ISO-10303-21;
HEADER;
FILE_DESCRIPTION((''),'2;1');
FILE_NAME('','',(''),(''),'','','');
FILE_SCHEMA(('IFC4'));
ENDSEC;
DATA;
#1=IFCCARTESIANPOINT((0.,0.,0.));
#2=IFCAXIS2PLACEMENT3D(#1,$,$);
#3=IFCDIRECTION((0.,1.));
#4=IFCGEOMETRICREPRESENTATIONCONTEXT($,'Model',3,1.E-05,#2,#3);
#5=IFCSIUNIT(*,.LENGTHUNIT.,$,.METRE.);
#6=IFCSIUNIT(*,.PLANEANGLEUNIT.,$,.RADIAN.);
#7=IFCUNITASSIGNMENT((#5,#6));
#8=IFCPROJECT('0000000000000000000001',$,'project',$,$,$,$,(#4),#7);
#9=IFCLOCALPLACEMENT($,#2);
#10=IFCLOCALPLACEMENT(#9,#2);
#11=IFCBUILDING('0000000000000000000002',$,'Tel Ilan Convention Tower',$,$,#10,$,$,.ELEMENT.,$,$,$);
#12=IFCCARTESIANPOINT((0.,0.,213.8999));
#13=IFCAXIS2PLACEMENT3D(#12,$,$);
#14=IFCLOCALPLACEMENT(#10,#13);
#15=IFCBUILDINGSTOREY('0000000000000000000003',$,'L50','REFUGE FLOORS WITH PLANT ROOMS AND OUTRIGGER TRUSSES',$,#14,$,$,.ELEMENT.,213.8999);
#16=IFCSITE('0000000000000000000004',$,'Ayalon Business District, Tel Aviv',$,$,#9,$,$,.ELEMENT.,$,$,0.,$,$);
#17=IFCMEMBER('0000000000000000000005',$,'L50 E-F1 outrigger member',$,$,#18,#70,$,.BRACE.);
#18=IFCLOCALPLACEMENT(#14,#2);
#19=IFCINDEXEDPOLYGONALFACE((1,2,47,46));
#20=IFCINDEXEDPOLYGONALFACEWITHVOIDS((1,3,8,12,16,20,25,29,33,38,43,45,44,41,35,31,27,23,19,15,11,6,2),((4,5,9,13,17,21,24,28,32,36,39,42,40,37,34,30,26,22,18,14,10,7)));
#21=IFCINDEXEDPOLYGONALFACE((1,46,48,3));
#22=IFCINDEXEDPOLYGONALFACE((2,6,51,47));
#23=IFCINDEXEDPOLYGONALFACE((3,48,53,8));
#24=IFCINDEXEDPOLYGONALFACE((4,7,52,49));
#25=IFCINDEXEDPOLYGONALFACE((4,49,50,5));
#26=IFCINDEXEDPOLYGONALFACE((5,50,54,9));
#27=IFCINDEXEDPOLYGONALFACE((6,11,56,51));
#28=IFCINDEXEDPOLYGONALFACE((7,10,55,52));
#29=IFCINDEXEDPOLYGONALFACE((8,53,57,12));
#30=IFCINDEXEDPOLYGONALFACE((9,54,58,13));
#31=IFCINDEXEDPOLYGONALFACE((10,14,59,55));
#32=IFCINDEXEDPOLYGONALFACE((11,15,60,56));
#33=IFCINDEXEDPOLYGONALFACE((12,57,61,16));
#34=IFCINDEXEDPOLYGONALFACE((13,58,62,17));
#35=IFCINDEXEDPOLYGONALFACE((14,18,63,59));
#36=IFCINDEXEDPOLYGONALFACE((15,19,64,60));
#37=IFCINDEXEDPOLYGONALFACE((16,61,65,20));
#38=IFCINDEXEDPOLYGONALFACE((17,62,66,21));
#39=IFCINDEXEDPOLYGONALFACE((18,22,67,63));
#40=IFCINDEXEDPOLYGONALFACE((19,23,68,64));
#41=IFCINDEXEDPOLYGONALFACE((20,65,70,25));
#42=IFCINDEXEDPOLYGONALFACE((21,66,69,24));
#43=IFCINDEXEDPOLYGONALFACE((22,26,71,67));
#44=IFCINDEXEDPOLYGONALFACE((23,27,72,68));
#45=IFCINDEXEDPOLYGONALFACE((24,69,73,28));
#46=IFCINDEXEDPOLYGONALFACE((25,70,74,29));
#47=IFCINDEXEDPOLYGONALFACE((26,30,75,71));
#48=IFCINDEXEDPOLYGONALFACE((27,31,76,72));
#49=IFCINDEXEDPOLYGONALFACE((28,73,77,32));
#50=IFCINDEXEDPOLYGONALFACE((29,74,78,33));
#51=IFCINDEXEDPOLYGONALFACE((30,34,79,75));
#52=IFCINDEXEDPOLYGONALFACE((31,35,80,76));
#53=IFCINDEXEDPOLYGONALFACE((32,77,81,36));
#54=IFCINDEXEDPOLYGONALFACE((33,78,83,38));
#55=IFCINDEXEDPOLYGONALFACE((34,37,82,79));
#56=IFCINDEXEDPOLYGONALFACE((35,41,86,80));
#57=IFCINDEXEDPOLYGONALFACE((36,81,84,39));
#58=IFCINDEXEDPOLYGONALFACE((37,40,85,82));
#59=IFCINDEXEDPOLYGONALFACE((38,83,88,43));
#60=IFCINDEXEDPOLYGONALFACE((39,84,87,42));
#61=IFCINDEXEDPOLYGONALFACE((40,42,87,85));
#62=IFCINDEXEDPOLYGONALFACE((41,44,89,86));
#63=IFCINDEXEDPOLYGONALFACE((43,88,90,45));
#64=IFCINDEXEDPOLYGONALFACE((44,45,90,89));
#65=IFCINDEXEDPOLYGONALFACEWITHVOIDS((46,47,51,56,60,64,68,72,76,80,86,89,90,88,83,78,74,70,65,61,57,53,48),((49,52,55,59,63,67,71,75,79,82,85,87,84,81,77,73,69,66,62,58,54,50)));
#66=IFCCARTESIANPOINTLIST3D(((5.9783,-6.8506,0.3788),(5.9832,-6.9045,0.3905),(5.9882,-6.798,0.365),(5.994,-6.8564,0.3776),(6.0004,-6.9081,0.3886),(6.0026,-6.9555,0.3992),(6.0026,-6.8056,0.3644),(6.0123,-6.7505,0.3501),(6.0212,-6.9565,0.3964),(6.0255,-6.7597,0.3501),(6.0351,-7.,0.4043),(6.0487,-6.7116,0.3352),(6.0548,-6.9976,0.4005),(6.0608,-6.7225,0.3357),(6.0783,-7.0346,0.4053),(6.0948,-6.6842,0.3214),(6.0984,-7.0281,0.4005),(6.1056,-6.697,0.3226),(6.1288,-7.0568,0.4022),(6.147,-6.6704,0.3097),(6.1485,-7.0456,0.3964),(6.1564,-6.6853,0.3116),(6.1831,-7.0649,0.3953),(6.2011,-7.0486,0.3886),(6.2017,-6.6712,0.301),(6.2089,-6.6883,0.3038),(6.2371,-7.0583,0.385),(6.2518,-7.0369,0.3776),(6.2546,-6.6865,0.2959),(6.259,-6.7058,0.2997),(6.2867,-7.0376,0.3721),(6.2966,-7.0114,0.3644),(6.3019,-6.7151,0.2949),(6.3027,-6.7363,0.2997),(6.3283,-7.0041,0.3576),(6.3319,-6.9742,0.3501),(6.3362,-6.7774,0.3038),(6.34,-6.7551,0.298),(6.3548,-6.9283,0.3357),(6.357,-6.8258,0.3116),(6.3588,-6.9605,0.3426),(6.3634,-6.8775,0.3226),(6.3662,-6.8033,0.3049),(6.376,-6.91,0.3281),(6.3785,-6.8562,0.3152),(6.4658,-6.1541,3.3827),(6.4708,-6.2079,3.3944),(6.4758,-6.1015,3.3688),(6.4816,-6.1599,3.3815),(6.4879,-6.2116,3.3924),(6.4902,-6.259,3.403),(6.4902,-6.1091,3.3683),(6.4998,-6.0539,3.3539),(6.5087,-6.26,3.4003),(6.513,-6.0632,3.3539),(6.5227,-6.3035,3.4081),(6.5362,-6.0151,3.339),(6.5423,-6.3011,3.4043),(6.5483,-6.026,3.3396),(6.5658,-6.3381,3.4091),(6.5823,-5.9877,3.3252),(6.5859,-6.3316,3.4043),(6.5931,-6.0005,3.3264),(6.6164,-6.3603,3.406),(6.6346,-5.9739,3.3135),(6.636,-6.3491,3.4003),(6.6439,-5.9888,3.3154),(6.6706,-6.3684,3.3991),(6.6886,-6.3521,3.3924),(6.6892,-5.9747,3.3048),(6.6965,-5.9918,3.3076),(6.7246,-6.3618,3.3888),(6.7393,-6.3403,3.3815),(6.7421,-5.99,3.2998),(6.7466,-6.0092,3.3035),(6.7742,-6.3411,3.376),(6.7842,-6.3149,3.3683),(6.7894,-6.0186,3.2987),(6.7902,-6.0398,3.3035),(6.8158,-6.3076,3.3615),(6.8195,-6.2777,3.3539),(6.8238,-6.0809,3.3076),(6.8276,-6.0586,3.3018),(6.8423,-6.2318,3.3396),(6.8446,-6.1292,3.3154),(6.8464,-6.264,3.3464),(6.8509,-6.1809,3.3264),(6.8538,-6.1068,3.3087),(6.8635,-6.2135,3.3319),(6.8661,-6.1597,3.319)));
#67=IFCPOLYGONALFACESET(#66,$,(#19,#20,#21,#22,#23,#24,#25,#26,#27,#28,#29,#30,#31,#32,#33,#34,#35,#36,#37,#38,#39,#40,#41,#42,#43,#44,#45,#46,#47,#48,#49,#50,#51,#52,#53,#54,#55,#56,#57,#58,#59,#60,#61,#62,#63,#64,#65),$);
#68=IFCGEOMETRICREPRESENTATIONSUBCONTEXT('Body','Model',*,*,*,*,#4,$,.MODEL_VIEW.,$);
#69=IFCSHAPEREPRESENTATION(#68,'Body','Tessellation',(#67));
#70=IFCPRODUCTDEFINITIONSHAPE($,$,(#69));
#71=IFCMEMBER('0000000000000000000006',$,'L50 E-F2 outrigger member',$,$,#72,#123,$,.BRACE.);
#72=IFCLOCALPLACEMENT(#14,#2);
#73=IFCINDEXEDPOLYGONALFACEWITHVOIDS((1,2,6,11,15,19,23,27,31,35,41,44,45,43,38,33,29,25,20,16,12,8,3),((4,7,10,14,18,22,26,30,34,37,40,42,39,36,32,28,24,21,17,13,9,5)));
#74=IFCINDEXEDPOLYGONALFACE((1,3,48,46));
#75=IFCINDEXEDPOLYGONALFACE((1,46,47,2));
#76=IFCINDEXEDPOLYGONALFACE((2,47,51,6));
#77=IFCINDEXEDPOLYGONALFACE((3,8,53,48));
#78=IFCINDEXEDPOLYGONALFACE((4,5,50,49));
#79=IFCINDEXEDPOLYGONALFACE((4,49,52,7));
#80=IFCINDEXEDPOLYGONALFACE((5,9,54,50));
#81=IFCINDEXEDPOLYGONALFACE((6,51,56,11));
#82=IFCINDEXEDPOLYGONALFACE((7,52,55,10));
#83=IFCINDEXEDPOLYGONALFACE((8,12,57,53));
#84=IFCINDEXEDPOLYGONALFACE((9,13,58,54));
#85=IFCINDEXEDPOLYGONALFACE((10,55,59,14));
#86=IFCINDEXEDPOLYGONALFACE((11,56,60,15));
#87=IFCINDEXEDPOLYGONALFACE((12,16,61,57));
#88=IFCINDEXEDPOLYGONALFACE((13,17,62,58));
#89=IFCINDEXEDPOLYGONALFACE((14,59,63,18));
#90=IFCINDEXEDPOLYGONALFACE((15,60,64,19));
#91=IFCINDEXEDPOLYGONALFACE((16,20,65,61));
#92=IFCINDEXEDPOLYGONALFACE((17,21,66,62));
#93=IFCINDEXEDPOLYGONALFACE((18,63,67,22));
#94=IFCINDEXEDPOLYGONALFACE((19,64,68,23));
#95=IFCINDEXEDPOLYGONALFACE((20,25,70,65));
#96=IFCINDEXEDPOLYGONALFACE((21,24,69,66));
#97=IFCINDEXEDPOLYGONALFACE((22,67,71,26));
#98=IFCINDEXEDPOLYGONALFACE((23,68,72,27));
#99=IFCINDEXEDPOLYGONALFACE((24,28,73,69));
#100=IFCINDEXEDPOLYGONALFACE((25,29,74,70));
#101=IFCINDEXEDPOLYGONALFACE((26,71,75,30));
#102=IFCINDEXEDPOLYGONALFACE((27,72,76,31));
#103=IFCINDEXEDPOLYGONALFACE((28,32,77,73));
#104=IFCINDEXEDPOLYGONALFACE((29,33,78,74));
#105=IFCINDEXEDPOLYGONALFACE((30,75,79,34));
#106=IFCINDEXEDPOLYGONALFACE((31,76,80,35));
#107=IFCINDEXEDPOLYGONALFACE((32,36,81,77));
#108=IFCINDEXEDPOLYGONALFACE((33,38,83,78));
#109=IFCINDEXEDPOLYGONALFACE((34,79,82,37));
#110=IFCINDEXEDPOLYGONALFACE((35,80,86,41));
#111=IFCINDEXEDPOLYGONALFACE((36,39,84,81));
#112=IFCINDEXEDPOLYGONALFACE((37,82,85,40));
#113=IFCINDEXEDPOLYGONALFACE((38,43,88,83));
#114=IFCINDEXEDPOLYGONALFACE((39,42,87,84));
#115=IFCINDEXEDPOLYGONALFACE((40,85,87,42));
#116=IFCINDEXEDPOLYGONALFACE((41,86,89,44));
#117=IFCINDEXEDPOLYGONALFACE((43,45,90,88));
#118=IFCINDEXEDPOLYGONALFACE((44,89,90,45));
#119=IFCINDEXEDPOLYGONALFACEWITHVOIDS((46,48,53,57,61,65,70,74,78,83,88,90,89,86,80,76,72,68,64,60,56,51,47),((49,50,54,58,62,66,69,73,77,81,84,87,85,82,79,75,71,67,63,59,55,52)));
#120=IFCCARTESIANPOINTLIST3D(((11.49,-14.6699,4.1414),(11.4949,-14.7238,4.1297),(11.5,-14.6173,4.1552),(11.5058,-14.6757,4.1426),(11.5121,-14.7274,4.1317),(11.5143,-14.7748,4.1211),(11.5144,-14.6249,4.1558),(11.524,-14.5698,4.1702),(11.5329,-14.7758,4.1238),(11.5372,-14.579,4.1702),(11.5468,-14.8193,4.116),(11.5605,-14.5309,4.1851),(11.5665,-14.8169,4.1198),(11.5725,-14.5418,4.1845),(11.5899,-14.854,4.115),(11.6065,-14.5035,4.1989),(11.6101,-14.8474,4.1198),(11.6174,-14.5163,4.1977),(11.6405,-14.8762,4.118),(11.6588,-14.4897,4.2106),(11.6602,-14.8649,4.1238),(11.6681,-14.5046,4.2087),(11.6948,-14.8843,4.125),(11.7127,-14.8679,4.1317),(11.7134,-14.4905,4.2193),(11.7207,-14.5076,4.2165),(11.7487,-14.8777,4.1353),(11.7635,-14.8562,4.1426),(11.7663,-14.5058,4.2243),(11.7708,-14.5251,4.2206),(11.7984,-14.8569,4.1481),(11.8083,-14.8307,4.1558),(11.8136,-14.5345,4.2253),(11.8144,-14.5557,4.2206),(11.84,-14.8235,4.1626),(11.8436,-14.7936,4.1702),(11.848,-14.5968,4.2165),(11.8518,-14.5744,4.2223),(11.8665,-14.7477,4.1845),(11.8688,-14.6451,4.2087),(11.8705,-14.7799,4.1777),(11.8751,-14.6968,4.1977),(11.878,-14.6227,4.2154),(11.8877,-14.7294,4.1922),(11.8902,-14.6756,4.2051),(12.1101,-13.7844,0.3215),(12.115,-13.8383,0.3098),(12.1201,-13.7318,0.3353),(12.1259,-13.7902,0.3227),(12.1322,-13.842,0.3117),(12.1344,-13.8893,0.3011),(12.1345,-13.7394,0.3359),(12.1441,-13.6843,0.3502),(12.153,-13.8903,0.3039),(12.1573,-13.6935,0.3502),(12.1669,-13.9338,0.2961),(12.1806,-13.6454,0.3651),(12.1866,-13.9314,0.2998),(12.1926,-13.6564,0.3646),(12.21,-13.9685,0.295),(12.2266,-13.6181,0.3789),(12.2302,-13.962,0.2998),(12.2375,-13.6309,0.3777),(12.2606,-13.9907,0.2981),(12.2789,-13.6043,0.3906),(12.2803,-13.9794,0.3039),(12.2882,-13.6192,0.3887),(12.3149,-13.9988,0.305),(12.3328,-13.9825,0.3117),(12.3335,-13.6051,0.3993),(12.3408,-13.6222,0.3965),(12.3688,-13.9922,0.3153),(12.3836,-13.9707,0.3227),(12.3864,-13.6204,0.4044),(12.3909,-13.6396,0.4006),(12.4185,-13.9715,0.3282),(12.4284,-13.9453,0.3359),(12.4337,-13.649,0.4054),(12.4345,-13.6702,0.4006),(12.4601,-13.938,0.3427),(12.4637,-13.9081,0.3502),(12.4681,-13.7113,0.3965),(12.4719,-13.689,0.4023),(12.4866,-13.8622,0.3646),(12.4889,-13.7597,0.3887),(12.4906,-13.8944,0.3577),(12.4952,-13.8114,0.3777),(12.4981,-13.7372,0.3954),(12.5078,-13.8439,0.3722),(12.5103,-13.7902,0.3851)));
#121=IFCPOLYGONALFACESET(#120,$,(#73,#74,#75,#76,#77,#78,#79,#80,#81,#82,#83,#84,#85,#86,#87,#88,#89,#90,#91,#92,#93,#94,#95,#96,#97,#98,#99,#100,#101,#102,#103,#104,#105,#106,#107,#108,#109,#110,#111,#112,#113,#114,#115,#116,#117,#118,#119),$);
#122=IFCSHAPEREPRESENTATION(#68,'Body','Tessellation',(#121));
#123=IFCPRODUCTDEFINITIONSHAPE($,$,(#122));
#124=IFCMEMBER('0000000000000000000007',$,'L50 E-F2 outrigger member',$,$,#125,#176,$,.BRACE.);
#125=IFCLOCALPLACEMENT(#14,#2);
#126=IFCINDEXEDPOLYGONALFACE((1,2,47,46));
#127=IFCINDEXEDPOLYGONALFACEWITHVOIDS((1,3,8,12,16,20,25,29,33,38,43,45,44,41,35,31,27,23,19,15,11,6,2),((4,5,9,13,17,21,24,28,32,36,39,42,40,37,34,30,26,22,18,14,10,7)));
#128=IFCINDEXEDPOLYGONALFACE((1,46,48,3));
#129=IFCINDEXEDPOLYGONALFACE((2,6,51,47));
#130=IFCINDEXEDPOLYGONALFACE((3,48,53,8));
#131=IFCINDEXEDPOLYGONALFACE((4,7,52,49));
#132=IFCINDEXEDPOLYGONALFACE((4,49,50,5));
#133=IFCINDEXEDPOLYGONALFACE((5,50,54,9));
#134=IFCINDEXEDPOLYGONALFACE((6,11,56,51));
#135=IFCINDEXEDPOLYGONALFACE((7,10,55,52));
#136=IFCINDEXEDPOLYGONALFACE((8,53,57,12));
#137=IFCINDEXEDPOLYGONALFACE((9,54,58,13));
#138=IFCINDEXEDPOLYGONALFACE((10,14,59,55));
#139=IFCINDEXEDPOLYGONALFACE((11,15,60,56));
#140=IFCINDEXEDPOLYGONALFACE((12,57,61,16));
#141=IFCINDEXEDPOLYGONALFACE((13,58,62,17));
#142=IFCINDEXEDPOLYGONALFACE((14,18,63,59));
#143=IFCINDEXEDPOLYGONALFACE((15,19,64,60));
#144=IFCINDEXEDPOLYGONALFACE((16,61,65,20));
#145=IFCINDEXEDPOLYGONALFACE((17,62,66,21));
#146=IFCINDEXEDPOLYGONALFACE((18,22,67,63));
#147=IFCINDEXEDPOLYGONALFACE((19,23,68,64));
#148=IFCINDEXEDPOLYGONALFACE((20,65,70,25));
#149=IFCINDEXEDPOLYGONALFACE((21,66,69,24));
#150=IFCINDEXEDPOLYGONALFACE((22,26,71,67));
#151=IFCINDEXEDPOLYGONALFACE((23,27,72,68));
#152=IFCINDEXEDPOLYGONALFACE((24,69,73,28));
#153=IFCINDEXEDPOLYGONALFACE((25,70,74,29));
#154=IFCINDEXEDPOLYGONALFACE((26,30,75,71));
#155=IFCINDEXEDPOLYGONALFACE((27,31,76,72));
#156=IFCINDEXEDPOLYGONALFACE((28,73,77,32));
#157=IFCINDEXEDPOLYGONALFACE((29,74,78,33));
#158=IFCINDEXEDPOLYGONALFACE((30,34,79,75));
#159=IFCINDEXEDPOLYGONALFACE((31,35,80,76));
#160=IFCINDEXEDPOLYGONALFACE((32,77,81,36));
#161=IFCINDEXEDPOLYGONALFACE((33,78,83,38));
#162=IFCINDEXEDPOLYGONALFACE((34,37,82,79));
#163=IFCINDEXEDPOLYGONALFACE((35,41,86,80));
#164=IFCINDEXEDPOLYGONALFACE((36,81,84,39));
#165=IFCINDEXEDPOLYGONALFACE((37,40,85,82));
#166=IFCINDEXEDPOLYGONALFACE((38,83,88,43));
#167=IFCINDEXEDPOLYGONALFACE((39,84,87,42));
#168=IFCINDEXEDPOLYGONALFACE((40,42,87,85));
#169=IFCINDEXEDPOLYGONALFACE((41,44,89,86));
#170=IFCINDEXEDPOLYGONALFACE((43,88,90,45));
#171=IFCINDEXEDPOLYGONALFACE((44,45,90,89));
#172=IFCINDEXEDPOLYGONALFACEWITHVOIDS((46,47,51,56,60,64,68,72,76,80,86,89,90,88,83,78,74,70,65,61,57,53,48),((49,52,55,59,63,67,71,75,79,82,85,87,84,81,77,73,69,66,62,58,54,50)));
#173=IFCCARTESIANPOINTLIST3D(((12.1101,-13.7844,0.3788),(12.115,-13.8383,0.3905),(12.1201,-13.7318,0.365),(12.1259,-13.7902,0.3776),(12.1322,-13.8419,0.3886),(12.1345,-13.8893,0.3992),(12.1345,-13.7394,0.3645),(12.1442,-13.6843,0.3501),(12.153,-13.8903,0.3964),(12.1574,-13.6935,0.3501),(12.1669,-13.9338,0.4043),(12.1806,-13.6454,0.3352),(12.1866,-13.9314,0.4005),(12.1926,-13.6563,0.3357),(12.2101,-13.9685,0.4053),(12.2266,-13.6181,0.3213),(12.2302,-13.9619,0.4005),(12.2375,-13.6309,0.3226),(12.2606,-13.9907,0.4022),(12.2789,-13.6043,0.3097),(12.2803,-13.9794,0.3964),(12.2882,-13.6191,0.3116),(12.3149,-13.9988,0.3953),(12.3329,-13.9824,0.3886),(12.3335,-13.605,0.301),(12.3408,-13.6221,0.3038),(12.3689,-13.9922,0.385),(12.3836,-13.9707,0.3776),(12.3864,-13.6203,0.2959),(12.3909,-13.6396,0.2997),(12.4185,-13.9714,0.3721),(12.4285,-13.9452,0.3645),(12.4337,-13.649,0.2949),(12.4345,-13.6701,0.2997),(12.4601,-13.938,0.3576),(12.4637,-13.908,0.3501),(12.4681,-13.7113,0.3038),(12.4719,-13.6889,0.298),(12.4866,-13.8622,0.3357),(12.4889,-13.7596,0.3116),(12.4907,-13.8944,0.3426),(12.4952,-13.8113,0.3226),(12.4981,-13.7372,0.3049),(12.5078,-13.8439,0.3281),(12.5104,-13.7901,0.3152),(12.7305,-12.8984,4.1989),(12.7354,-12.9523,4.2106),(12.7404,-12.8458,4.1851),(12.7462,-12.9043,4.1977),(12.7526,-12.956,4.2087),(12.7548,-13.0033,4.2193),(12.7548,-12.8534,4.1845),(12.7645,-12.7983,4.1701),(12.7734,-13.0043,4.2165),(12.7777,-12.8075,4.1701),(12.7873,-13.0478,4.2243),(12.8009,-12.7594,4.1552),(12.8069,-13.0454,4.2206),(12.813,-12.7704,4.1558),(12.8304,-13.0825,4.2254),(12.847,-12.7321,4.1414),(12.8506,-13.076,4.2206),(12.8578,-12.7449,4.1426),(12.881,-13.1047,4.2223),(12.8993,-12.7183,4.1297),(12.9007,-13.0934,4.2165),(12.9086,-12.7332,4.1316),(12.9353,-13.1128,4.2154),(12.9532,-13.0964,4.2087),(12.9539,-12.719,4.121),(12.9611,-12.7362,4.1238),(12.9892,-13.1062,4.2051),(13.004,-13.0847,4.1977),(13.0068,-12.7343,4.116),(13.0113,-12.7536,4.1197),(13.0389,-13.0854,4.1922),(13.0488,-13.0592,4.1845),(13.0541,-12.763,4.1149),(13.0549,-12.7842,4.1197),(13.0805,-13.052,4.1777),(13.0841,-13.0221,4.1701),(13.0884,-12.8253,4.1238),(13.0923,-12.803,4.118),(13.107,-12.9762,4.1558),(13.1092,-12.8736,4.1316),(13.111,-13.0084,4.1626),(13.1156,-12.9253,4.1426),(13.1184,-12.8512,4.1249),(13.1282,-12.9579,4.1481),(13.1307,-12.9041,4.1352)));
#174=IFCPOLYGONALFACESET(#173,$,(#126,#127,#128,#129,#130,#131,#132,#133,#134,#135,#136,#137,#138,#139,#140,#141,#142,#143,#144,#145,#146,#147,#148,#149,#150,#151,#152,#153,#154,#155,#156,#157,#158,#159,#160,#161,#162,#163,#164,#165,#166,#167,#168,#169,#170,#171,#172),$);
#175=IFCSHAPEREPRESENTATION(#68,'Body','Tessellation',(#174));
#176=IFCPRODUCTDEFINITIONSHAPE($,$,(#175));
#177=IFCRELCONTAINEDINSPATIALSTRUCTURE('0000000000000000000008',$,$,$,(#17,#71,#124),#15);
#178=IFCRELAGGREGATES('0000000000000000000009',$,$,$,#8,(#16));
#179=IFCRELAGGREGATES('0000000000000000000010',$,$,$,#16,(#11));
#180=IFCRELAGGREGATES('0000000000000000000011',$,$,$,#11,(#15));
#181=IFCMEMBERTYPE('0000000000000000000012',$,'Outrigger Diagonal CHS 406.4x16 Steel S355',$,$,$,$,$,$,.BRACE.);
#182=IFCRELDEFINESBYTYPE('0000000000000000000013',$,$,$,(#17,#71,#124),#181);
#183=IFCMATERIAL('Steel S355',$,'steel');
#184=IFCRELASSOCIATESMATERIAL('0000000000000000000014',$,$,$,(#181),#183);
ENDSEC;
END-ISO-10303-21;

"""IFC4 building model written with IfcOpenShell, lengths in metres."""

from ifc_helpers import new_model, si_unit, direction, frame, origin, origin_2d, place, context, subcontext, project, spatial, hollow_circle, extrude, material, material_profile, profile_set, type_object, element, save


model = new_model("IFC4")

# Units and contexts
model_context = context("Model", 3, precision=1e-05, world=origin(), true_north=direction((0.0, 1.0)))
body_context = subcontext(model_context, "Body", "Model", "MODEL_VIEW")
ifc_project = project(units=[si_unit("LENGTHUNIT", "METRE"), si_unit("PLANEANGLEUNIT", "RADIAN")], contexts=[model_context])

# Site, building, storey
site_placement = place(None, origin())
site = spatial("IfcSite", under=ifc_project, at=site_placement, Name="Ayalon Business District, Tel Aviv", CompositionType="ELEMENT", RefElevation=0.0)
building_placement = place(site_placement, origin())
building = spatial("IfcBuilding", under=site, at=building_placement, Name="Tel Ilan Convention Tower", CompositionType="ELEMENT")
storey_placement = place(building_placement, frame((0.0, 0.0, 213.8999)))
storey = spatial("IfcBuildingStorey", under=building, at=storey_placement, Name="L50", Description="REFUGE FLOORS WITH PLANT ROOMS AND OUTRIGGER TRUSSES", CompositionType="ELEMENT", Elevation=213.8999)

# Members
ifc_material_1 = material(Name="Steel S355", Category="steel")
ifc_material_profile_1 = material_profile(ifc_material_1, hollow_circle(Radius=0.2031, WallThickness=0.0161, at=origin_2d()), Name="CHS 406.4x16")
ifc_profile_set_1 = profile_set([ifc_material_profile_1], Name="Steel S355")
member_type_1 = type_object("IfcMemberType", Name="Outrigger Diagonal CHS 406.4x16 Steel S355", PredefinedType="BRACE", material=ifc_profile_set_1)
member_1_placement = place(storey_placement, frame((6.1787, -6.8669, 0.3501), z_axis=(0.15617, 0.223111, 0.962202), x_axis=(-0.819245, 0.573443, 0.0)))
element("IfcMember", 1, at=member_1_placement, inside=storey, type_object=member_type_1, Name="L50 E-F1 outrigger member", PredefinedType="BRACE", context=body_context, shape_type="SweptSolid", body=[
    extrude(hollow_circle(Radius=0.2031, WallThickness=0.0161, at=origin_2d()), origin(), (0.0, 0.0, 1.0), 3.1218),
])
member_2_placement = place(storey_placement, frame((11.6904, -14.6863, 4.1702), z_axis=(0.156197, 0.223043, -0.962213), x_axis=(-0.819115, 0.573629, 0.0)))
element("IfcMember", 2, at=member_2_placement, inside=storey, type_object=member_type_1, Name="L50 E-F2 outrigger member", PredefinedType="BRACE", context=body_context, shape_type="SweptSolid", body=[
    extrude(hollow_circle(Radius=0.2031, WallThickness=0.0161, at=origin_2d()), origin(), (0.0, 0.0, 1.0), 3.97),
])
member_3_placement = place(storey_placement, frame((12.3105, -13.8008, 0.3501), z_axis=(0.156253, 0.223157, 0.962178), x_axis=(-0.819158, 0.573568, 0.0)))
element("IfcMember", 3, at=member_3_placement, inside=storey, type_object=member_type_1, Name="L50 E-F2 outrigger member", PredefinedType="BRACE", context=body_context, shape_type="SweptSolid", body=[
    extrude(hollow_circle(Radius=0.2031, WallThickness=0.0161, at=origin_2d()), origin(), (0.0, 0.0, 1.0), 3.9702),
])

save(model, "model.ifc")
